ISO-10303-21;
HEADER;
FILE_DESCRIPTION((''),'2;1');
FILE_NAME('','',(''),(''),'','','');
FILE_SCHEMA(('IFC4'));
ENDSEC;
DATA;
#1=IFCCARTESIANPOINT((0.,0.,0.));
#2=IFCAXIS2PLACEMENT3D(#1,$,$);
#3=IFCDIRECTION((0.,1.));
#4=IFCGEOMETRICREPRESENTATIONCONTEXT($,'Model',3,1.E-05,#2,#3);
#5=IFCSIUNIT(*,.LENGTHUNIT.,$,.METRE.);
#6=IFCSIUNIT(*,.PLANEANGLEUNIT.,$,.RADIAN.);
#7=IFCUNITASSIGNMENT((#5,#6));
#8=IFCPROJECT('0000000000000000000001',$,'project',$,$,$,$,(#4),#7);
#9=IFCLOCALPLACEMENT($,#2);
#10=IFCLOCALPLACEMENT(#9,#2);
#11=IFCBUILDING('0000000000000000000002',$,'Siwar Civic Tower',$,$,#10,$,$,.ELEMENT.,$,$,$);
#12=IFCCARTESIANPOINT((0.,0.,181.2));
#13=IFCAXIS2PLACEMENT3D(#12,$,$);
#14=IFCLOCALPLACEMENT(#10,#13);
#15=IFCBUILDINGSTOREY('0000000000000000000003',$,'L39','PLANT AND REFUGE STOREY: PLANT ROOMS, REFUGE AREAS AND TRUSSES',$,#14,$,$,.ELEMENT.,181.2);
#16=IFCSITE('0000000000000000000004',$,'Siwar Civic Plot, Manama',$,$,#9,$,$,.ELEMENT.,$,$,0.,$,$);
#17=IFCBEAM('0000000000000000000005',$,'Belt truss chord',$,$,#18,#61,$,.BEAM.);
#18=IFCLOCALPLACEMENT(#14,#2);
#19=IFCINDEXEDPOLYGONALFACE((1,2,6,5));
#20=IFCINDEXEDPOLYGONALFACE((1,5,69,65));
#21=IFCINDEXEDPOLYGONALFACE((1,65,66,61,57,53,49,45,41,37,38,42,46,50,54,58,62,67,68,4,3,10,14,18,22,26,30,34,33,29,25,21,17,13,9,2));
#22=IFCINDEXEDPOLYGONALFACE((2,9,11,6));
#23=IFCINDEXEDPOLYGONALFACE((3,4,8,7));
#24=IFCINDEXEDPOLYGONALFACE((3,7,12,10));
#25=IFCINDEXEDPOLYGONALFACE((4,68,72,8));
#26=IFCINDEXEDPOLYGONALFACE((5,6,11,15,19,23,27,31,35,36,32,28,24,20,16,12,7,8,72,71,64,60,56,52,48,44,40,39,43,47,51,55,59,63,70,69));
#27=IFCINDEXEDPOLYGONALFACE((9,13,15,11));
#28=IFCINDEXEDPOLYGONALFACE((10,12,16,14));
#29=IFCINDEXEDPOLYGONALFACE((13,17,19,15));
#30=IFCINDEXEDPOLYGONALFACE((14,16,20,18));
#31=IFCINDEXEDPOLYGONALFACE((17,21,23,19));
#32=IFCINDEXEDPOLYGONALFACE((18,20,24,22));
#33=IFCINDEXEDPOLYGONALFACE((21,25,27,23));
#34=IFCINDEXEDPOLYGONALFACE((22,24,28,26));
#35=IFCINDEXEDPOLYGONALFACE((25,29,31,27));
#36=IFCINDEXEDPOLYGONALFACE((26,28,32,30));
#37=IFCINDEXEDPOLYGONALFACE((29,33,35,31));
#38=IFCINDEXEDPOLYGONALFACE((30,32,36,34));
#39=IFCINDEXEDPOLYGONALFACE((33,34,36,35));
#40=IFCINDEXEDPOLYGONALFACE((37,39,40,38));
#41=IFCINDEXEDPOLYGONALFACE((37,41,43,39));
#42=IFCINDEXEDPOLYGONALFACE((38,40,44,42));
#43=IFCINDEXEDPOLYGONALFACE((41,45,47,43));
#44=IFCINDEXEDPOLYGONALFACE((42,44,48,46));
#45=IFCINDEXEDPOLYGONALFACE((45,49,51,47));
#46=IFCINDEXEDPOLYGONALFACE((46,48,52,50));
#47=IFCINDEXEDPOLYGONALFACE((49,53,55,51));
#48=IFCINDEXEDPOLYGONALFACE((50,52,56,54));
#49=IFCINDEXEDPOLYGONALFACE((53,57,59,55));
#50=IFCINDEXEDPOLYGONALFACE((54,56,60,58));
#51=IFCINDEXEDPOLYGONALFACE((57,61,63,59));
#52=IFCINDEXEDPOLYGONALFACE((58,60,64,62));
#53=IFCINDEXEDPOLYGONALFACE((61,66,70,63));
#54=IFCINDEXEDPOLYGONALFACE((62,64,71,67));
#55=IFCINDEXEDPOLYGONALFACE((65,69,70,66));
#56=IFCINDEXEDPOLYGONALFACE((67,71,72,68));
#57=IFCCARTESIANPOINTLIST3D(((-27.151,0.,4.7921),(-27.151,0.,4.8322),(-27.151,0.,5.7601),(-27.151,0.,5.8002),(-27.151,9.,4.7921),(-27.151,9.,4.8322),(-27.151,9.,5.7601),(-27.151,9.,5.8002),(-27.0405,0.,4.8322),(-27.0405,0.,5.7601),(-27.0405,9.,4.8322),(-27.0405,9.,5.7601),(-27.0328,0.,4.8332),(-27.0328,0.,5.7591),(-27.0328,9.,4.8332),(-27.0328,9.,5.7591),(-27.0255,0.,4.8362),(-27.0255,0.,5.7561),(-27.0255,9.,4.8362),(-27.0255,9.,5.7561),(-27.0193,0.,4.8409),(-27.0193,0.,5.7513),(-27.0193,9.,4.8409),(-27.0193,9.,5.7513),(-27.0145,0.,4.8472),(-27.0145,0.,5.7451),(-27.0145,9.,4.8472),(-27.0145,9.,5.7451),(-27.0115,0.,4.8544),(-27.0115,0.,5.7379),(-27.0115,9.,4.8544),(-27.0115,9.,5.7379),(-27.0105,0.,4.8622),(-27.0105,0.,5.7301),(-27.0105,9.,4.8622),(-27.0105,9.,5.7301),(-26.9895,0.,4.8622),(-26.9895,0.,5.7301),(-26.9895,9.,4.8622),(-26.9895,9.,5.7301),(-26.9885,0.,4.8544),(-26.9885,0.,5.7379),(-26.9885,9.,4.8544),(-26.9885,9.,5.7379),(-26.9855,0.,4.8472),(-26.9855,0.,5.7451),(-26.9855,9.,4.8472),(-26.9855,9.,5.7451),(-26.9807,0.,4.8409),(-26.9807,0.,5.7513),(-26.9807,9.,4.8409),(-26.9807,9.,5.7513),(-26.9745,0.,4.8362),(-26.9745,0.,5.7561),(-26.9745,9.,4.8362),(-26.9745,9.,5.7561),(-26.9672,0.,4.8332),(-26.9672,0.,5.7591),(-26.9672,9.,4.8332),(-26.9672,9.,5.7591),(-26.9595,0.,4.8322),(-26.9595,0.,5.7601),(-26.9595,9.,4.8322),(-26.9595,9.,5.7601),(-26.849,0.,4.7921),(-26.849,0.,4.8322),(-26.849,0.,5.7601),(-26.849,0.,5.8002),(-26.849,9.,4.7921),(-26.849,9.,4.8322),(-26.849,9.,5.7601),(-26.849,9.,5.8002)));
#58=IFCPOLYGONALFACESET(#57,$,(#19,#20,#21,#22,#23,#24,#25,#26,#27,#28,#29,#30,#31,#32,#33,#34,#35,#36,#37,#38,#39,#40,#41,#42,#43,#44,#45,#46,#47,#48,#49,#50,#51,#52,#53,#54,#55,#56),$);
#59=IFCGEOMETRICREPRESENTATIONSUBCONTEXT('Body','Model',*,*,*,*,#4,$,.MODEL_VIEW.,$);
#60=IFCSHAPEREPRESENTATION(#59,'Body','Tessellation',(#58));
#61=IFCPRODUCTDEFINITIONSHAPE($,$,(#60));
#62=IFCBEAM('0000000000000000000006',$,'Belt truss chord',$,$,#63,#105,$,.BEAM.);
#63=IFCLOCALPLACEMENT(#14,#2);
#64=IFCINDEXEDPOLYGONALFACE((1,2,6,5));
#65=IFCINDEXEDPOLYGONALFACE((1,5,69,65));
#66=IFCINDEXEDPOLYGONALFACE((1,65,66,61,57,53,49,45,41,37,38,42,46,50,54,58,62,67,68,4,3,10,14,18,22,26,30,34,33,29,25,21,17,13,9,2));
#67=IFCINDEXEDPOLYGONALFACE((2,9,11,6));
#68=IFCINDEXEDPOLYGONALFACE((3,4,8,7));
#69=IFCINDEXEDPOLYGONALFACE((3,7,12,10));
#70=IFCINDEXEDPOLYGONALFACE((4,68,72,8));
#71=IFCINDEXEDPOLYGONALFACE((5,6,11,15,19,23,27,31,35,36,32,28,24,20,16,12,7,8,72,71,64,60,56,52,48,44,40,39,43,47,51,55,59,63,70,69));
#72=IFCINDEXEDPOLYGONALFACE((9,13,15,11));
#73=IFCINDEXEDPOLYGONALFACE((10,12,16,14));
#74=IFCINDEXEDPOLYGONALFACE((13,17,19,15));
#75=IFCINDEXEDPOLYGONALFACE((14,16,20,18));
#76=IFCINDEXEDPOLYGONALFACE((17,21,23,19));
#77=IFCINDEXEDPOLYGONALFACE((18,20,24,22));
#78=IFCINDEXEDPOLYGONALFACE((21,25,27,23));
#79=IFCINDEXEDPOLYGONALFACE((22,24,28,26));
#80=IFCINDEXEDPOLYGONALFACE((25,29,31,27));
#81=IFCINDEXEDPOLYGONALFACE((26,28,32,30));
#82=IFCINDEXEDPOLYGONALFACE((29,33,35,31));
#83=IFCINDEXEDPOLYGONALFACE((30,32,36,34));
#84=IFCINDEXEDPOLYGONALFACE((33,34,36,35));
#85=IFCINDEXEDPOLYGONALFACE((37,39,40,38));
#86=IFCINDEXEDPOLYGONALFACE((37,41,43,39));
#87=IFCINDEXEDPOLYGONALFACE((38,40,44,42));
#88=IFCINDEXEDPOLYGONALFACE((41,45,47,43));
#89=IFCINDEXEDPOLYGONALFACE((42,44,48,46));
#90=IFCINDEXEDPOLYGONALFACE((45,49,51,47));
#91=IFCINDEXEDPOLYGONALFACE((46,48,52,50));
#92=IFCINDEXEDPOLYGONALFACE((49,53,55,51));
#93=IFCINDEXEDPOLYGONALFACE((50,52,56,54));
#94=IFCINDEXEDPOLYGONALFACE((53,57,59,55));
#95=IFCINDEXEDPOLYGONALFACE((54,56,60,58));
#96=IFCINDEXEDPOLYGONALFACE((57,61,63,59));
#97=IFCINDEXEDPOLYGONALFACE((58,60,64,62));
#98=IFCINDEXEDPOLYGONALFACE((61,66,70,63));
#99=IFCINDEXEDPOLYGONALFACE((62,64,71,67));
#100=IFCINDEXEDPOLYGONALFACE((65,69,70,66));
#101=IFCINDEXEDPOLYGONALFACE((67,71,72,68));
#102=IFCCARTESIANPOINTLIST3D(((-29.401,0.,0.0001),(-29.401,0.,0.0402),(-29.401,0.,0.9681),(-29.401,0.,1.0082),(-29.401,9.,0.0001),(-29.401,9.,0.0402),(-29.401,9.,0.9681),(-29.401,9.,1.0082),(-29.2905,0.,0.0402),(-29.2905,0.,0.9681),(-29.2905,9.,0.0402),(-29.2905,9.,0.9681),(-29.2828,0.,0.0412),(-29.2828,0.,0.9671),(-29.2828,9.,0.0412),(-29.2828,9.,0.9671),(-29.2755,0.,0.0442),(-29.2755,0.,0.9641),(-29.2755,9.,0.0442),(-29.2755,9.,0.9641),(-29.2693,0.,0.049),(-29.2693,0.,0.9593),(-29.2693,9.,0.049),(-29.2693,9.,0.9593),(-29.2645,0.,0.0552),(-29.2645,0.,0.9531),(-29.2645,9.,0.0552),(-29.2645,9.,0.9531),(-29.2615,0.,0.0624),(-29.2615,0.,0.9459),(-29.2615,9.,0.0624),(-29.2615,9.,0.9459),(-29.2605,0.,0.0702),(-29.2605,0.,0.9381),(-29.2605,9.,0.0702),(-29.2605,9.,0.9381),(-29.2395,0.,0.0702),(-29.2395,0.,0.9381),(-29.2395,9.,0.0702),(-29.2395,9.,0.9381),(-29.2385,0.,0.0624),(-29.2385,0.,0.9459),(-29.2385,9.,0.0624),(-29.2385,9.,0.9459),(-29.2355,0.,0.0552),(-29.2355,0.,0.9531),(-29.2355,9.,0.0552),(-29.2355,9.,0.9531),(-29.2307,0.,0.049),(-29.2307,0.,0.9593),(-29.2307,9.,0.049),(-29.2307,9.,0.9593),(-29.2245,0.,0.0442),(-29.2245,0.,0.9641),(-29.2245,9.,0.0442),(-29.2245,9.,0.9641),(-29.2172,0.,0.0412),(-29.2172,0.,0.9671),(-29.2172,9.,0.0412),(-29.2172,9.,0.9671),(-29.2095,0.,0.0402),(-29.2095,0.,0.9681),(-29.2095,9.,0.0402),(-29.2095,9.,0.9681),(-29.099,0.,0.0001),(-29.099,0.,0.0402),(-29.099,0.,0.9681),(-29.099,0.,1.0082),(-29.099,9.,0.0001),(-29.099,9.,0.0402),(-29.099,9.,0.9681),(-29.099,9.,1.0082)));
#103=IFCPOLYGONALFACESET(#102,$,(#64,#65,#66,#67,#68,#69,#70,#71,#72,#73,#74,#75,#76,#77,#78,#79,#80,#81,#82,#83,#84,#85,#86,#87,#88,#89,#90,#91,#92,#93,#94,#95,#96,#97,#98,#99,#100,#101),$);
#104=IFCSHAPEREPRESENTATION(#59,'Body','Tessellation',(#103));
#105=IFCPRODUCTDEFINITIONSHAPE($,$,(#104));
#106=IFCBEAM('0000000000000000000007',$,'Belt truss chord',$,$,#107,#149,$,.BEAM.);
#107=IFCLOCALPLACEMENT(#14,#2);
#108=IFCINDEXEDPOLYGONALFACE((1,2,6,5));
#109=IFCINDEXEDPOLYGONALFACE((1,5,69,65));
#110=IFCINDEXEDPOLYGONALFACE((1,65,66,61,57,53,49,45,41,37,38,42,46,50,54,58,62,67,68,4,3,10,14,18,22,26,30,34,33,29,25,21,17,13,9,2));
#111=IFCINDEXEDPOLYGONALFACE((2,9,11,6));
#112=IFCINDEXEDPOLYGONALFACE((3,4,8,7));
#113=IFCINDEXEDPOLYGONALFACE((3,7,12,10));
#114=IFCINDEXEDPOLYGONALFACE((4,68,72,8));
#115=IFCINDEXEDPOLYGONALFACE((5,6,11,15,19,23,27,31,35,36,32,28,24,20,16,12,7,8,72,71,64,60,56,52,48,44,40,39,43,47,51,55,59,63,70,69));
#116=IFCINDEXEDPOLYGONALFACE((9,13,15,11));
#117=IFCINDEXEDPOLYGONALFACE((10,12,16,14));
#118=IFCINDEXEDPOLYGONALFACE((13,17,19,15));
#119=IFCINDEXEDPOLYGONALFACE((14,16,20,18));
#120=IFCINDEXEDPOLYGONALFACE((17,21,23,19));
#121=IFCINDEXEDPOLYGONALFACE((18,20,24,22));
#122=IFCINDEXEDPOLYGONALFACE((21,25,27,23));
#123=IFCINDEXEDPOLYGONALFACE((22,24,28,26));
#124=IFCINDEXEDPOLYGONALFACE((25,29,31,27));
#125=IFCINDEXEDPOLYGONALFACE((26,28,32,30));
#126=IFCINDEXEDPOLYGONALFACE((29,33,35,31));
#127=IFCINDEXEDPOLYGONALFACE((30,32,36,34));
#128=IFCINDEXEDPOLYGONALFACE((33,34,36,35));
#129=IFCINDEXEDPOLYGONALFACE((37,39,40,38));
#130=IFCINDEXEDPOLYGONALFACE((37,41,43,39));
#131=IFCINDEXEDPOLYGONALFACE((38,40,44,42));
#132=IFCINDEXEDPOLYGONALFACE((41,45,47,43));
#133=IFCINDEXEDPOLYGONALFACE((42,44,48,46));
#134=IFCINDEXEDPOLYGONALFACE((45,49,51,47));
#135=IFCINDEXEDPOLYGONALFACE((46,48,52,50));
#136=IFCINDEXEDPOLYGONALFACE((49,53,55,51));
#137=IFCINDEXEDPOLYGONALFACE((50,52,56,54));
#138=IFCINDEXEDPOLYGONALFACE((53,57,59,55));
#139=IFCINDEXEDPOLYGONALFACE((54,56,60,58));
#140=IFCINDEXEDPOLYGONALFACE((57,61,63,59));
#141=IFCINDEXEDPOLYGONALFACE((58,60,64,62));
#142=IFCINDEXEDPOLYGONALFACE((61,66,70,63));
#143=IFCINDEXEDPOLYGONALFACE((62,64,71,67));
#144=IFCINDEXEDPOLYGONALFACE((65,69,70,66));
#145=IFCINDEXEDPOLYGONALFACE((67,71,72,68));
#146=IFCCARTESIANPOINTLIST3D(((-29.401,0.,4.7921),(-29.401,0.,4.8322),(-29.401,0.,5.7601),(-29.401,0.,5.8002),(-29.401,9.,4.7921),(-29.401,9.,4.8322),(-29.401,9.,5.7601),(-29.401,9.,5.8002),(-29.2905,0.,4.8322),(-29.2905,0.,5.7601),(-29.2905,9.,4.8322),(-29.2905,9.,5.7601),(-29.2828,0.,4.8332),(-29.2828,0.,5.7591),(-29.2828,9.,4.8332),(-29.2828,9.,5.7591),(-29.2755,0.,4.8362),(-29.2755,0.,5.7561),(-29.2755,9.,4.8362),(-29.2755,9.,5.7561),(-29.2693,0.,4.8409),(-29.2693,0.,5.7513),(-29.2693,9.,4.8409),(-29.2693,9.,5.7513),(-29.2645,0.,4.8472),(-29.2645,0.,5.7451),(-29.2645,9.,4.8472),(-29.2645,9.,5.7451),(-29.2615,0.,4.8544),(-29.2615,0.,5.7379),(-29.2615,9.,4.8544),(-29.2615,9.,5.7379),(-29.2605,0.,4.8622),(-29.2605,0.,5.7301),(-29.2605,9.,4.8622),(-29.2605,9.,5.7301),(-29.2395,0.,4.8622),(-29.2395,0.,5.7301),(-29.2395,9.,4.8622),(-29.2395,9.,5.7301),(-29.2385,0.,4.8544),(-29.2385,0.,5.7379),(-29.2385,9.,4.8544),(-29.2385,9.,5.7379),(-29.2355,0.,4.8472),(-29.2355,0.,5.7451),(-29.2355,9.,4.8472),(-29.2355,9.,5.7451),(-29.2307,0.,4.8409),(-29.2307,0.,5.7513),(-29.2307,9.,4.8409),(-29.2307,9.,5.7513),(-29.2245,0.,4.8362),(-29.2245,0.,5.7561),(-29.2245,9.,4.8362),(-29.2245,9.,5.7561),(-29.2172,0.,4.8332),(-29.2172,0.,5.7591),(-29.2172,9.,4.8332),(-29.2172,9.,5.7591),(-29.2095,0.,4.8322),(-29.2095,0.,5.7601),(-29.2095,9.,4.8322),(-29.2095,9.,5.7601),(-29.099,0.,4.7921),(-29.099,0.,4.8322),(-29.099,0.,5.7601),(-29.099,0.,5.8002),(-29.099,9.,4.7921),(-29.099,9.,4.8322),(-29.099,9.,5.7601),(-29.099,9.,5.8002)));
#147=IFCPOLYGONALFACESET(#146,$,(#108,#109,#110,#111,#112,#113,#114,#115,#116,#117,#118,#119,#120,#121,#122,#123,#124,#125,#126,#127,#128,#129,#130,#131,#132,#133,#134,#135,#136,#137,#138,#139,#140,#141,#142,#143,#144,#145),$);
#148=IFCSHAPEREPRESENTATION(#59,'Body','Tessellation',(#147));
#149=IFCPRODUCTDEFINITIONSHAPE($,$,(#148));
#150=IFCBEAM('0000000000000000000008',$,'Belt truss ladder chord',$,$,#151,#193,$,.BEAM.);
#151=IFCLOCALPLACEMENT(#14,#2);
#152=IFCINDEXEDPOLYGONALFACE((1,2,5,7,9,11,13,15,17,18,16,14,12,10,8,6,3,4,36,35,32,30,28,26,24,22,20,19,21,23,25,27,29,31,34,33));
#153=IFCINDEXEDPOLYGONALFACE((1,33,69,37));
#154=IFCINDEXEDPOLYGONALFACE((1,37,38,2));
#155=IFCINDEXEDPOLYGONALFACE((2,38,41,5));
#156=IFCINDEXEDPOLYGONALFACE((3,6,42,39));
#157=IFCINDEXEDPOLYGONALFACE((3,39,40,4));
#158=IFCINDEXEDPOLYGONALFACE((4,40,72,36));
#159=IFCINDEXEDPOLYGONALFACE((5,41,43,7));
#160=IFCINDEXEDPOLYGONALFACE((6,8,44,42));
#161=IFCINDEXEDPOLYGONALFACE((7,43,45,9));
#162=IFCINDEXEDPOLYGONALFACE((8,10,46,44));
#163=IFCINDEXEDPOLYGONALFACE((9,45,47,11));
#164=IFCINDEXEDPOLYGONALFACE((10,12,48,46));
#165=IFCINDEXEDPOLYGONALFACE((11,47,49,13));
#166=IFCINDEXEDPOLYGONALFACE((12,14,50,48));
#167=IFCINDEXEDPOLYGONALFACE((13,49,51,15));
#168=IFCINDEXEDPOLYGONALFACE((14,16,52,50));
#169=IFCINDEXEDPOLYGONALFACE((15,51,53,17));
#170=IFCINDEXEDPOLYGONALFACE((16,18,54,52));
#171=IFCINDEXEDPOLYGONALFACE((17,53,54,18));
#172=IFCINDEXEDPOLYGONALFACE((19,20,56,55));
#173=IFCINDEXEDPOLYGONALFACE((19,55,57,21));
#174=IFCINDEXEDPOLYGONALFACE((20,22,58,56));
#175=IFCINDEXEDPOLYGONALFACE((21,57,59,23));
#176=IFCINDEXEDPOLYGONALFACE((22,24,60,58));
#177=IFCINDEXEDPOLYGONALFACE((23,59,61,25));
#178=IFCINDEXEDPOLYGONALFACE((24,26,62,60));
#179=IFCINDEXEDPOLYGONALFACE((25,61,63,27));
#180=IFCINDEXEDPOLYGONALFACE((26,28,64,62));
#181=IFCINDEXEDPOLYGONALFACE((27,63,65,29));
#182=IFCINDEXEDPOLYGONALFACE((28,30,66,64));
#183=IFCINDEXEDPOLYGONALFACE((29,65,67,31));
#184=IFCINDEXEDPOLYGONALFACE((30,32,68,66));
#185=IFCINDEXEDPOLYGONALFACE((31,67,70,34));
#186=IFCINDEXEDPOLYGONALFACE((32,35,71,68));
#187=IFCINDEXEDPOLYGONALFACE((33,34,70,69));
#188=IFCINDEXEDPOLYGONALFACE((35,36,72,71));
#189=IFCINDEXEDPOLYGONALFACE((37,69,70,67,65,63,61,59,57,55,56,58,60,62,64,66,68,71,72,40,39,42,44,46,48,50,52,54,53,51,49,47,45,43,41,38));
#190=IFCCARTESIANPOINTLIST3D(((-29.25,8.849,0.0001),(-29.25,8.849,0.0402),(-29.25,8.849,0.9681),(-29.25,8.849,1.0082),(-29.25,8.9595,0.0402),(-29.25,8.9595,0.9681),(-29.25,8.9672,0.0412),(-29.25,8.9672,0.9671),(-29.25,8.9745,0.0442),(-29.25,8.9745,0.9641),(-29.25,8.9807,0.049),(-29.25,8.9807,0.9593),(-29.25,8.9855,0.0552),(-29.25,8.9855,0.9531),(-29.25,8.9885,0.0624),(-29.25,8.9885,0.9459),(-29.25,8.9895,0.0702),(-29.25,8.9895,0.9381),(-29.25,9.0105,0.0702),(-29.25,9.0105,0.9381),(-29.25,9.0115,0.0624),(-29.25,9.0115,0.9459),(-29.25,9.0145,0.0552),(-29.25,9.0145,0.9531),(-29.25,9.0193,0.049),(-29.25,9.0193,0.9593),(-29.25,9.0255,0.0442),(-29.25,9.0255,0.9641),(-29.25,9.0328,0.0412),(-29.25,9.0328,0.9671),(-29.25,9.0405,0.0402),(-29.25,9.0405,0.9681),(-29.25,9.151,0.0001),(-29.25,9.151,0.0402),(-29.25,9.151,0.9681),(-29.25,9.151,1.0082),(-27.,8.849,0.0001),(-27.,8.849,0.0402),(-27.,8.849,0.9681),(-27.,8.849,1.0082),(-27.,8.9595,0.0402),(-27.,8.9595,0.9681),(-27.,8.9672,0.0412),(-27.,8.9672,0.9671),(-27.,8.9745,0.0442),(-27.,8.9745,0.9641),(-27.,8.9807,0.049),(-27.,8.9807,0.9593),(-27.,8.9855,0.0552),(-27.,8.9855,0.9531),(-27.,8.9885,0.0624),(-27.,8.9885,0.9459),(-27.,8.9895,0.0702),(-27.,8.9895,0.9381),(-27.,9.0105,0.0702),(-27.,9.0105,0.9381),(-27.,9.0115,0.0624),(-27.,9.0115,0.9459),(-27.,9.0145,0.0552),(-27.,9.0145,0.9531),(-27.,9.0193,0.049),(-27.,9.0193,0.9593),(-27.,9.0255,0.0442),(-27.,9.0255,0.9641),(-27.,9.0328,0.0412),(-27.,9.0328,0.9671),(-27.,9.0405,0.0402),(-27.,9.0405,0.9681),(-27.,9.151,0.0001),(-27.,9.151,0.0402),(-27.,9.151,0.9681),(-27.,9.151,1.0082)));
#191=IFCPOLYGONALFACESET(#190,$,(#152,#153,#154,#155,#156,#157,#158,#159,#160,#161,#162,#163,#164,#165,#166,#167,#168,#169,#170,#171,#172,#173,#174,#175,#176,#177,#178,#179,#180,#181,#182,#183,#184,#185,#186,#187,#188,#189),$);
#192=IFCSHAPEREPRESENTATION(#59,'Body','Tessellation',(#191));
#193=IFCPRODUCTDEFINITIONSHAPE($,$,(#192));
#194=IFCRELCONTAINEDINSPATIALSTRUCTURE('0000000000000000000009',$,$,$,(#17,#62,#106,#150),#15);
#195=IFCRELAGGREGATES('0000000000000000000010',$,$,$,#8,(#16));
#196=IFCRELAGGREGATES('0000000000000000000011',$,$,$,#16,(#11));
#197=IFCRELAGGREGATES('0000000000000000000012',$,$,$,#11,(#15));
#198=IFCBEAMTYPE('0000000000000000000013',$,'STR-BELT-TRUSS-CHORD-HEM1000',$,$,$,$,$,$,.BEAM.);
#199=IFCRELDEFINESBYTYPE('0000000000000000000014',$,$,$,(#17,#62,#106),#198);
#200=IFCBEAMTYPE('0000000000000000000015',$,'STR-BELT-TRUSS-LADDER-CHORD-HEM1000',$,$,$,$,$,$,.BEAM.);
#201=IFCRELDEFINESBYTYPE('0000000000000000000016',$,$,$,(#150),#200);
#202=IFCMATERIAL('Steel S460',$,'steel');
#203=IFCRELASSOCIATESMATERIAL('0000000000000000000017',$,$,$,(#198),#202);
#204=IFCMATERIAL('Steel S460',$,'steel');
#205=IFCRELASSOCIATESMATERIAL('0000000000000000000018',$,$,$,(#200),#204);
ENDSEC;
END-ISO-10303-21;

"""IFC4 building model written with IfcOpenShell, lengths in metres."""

from ifc_helpers import new_model, si_unit, direction, frame, origin, origin_2d, place, context, subcontext, project, spatial, i_section, extrude, material, material_profile, profile_set, type_object, element, save


model = new_model("IFC4")

# Units and contexts
model_context = context("Model", 3, precision=1e-05, world=origin(), true_north=direction((0.0, 1.0)))
body_context = subcontext(model_context, "Body", "Model", "MODEL_VIEW")
ifc_project = project(units=[si_unit("LENGTHUNIT", "METRE"), si_unit("PLANEANGLEUNIT", "RADIAN")], contexts=[model_context])

# Site, building, storey
site_placement = place(None, origin())
site = spatial("IfcSite", under=ifc_project, at=site_placement, Name="Siwar Civic Plot, Manama", CompositionType="ELEMENT", RefElevation=0.0)
building_placement = place(site_placement, origin())
building = spatial("IfcBuilding", under=site, at=building_placement, Name="Siwar Civic Tower", CompositionType="ELEMENT")
storey_placement = place(building_placement, frame((0.0, 0.0, 181.2)))
storey = spatial("IfcBuildingStorey", under=building, at=storey_placement, Name="L39", Description="PLANT AND REFUGE STOREY: PLANT ROOMS, REFUGE AREAS AND TRUSSES", CompositionType="ELEMENT", Elevation=181.2)

# Beams
ifc_material_1 = material(Name="Steel S460", Category="steel")
ifc_material_profile_1 = material_profile(ifc_material_1, i_section(OverallWidth=0.302, OverallDepth=1.0081, WebThickness=0.021, FlangeThickness=0.04, FilletRadius=0.03, at=origin_2d()), Name="HEM1000")
ifc_profile_set_1 = profile_set([ifc_material_profile_1], Name="Steel S460")
beam_type_1 = type_object("IfcBeamType", Name="STR-BELT-TRUSS-CHORD-HEM1000", PredefinedType="BEAM", material=ifc_profile_set_1)
for number, where, z_axis, x_axis, name in (
    (1, (-27.0, 9.0, 5.2961), (0.0, -1.0, 0.0), (1.0, 0.0, 0.0), "Belt truss chord"),
    (2, (-29.25, 9.0, 0.5042), (0.0, -1.0, 0.0), (1.0, 0.0, 0.0), "Belt truss chord"),
    (3, (-29.25, 9.0, 5.2961), (0.0, -1.0, 0.0), (1.0, 0.0, 0.0), "Belt truss chord"),
):
    element("IfcBeam", number, at=place(storey_placement, frame(where, z_axis=z_axis, x_axis=x_axis)), inside=storey, type_object=beam_type_1, Name=name, PredefinedType="BEAM", context=body_context, shape_type="SweptSolid", body=[
        extrude(i_section(OverallWidth=0.302, OverallDepth=1.0081, WebThickness=0.021, FlangeThickness=0.04, FilletRadius=0.03, at=origin_2d()), origin(), (0.0, 0.0, 1.0), 9.0),
    ])
ifc_material_2 = material(Name="Steel S460", Category="steel")
ifc_material_profile_2 = material_profile(ifc_material_2, i_section(OverallWidth=0.302, OverallDepth=1.0081, WebThickness=0.021, FlangeThickness=0.04, FilletRadius=0.03, at=origin_2d()), Name="HEM1000")
ifc_profile_set_2 = profile_set([ifc_material_profile_2], Name="Steel S460")
beam_type_2 = type_object("IfcBeamType", Name="STR-BELT-TRUSS-LADDER-CHORD-HEM1000", PredefinedType="BEAM", material=ifc_profile_set_2)
for number, where, z_axis, x_axis, name in (
    (4, (-27.0, 9.0, 0.5042), (-1.0, 0.0, 0.0), (0.0, -1.0, 0.0), "Belt truss ladder chord"),
):
    element("IfcBeam", number, at=place(storey_placement, frame(where, z_axis=z_axis, x_axis=x_axis)), inside=storey, type_object=beam_type_2, Name=name, PredefinedType="BEAM", context=body_context, shape_type="SweptSolid", body=[
        extrude(i_section(OverallWidth=0.302, OverallDepth=1.0081, WebThickness=0.021, FlangeThickness=0.04, FilletRadius=0.03, at=origin_2d()), origin(), (0.0, 0.0, 1.0), 2.25),
    ])

save(model, "model.ifc")
